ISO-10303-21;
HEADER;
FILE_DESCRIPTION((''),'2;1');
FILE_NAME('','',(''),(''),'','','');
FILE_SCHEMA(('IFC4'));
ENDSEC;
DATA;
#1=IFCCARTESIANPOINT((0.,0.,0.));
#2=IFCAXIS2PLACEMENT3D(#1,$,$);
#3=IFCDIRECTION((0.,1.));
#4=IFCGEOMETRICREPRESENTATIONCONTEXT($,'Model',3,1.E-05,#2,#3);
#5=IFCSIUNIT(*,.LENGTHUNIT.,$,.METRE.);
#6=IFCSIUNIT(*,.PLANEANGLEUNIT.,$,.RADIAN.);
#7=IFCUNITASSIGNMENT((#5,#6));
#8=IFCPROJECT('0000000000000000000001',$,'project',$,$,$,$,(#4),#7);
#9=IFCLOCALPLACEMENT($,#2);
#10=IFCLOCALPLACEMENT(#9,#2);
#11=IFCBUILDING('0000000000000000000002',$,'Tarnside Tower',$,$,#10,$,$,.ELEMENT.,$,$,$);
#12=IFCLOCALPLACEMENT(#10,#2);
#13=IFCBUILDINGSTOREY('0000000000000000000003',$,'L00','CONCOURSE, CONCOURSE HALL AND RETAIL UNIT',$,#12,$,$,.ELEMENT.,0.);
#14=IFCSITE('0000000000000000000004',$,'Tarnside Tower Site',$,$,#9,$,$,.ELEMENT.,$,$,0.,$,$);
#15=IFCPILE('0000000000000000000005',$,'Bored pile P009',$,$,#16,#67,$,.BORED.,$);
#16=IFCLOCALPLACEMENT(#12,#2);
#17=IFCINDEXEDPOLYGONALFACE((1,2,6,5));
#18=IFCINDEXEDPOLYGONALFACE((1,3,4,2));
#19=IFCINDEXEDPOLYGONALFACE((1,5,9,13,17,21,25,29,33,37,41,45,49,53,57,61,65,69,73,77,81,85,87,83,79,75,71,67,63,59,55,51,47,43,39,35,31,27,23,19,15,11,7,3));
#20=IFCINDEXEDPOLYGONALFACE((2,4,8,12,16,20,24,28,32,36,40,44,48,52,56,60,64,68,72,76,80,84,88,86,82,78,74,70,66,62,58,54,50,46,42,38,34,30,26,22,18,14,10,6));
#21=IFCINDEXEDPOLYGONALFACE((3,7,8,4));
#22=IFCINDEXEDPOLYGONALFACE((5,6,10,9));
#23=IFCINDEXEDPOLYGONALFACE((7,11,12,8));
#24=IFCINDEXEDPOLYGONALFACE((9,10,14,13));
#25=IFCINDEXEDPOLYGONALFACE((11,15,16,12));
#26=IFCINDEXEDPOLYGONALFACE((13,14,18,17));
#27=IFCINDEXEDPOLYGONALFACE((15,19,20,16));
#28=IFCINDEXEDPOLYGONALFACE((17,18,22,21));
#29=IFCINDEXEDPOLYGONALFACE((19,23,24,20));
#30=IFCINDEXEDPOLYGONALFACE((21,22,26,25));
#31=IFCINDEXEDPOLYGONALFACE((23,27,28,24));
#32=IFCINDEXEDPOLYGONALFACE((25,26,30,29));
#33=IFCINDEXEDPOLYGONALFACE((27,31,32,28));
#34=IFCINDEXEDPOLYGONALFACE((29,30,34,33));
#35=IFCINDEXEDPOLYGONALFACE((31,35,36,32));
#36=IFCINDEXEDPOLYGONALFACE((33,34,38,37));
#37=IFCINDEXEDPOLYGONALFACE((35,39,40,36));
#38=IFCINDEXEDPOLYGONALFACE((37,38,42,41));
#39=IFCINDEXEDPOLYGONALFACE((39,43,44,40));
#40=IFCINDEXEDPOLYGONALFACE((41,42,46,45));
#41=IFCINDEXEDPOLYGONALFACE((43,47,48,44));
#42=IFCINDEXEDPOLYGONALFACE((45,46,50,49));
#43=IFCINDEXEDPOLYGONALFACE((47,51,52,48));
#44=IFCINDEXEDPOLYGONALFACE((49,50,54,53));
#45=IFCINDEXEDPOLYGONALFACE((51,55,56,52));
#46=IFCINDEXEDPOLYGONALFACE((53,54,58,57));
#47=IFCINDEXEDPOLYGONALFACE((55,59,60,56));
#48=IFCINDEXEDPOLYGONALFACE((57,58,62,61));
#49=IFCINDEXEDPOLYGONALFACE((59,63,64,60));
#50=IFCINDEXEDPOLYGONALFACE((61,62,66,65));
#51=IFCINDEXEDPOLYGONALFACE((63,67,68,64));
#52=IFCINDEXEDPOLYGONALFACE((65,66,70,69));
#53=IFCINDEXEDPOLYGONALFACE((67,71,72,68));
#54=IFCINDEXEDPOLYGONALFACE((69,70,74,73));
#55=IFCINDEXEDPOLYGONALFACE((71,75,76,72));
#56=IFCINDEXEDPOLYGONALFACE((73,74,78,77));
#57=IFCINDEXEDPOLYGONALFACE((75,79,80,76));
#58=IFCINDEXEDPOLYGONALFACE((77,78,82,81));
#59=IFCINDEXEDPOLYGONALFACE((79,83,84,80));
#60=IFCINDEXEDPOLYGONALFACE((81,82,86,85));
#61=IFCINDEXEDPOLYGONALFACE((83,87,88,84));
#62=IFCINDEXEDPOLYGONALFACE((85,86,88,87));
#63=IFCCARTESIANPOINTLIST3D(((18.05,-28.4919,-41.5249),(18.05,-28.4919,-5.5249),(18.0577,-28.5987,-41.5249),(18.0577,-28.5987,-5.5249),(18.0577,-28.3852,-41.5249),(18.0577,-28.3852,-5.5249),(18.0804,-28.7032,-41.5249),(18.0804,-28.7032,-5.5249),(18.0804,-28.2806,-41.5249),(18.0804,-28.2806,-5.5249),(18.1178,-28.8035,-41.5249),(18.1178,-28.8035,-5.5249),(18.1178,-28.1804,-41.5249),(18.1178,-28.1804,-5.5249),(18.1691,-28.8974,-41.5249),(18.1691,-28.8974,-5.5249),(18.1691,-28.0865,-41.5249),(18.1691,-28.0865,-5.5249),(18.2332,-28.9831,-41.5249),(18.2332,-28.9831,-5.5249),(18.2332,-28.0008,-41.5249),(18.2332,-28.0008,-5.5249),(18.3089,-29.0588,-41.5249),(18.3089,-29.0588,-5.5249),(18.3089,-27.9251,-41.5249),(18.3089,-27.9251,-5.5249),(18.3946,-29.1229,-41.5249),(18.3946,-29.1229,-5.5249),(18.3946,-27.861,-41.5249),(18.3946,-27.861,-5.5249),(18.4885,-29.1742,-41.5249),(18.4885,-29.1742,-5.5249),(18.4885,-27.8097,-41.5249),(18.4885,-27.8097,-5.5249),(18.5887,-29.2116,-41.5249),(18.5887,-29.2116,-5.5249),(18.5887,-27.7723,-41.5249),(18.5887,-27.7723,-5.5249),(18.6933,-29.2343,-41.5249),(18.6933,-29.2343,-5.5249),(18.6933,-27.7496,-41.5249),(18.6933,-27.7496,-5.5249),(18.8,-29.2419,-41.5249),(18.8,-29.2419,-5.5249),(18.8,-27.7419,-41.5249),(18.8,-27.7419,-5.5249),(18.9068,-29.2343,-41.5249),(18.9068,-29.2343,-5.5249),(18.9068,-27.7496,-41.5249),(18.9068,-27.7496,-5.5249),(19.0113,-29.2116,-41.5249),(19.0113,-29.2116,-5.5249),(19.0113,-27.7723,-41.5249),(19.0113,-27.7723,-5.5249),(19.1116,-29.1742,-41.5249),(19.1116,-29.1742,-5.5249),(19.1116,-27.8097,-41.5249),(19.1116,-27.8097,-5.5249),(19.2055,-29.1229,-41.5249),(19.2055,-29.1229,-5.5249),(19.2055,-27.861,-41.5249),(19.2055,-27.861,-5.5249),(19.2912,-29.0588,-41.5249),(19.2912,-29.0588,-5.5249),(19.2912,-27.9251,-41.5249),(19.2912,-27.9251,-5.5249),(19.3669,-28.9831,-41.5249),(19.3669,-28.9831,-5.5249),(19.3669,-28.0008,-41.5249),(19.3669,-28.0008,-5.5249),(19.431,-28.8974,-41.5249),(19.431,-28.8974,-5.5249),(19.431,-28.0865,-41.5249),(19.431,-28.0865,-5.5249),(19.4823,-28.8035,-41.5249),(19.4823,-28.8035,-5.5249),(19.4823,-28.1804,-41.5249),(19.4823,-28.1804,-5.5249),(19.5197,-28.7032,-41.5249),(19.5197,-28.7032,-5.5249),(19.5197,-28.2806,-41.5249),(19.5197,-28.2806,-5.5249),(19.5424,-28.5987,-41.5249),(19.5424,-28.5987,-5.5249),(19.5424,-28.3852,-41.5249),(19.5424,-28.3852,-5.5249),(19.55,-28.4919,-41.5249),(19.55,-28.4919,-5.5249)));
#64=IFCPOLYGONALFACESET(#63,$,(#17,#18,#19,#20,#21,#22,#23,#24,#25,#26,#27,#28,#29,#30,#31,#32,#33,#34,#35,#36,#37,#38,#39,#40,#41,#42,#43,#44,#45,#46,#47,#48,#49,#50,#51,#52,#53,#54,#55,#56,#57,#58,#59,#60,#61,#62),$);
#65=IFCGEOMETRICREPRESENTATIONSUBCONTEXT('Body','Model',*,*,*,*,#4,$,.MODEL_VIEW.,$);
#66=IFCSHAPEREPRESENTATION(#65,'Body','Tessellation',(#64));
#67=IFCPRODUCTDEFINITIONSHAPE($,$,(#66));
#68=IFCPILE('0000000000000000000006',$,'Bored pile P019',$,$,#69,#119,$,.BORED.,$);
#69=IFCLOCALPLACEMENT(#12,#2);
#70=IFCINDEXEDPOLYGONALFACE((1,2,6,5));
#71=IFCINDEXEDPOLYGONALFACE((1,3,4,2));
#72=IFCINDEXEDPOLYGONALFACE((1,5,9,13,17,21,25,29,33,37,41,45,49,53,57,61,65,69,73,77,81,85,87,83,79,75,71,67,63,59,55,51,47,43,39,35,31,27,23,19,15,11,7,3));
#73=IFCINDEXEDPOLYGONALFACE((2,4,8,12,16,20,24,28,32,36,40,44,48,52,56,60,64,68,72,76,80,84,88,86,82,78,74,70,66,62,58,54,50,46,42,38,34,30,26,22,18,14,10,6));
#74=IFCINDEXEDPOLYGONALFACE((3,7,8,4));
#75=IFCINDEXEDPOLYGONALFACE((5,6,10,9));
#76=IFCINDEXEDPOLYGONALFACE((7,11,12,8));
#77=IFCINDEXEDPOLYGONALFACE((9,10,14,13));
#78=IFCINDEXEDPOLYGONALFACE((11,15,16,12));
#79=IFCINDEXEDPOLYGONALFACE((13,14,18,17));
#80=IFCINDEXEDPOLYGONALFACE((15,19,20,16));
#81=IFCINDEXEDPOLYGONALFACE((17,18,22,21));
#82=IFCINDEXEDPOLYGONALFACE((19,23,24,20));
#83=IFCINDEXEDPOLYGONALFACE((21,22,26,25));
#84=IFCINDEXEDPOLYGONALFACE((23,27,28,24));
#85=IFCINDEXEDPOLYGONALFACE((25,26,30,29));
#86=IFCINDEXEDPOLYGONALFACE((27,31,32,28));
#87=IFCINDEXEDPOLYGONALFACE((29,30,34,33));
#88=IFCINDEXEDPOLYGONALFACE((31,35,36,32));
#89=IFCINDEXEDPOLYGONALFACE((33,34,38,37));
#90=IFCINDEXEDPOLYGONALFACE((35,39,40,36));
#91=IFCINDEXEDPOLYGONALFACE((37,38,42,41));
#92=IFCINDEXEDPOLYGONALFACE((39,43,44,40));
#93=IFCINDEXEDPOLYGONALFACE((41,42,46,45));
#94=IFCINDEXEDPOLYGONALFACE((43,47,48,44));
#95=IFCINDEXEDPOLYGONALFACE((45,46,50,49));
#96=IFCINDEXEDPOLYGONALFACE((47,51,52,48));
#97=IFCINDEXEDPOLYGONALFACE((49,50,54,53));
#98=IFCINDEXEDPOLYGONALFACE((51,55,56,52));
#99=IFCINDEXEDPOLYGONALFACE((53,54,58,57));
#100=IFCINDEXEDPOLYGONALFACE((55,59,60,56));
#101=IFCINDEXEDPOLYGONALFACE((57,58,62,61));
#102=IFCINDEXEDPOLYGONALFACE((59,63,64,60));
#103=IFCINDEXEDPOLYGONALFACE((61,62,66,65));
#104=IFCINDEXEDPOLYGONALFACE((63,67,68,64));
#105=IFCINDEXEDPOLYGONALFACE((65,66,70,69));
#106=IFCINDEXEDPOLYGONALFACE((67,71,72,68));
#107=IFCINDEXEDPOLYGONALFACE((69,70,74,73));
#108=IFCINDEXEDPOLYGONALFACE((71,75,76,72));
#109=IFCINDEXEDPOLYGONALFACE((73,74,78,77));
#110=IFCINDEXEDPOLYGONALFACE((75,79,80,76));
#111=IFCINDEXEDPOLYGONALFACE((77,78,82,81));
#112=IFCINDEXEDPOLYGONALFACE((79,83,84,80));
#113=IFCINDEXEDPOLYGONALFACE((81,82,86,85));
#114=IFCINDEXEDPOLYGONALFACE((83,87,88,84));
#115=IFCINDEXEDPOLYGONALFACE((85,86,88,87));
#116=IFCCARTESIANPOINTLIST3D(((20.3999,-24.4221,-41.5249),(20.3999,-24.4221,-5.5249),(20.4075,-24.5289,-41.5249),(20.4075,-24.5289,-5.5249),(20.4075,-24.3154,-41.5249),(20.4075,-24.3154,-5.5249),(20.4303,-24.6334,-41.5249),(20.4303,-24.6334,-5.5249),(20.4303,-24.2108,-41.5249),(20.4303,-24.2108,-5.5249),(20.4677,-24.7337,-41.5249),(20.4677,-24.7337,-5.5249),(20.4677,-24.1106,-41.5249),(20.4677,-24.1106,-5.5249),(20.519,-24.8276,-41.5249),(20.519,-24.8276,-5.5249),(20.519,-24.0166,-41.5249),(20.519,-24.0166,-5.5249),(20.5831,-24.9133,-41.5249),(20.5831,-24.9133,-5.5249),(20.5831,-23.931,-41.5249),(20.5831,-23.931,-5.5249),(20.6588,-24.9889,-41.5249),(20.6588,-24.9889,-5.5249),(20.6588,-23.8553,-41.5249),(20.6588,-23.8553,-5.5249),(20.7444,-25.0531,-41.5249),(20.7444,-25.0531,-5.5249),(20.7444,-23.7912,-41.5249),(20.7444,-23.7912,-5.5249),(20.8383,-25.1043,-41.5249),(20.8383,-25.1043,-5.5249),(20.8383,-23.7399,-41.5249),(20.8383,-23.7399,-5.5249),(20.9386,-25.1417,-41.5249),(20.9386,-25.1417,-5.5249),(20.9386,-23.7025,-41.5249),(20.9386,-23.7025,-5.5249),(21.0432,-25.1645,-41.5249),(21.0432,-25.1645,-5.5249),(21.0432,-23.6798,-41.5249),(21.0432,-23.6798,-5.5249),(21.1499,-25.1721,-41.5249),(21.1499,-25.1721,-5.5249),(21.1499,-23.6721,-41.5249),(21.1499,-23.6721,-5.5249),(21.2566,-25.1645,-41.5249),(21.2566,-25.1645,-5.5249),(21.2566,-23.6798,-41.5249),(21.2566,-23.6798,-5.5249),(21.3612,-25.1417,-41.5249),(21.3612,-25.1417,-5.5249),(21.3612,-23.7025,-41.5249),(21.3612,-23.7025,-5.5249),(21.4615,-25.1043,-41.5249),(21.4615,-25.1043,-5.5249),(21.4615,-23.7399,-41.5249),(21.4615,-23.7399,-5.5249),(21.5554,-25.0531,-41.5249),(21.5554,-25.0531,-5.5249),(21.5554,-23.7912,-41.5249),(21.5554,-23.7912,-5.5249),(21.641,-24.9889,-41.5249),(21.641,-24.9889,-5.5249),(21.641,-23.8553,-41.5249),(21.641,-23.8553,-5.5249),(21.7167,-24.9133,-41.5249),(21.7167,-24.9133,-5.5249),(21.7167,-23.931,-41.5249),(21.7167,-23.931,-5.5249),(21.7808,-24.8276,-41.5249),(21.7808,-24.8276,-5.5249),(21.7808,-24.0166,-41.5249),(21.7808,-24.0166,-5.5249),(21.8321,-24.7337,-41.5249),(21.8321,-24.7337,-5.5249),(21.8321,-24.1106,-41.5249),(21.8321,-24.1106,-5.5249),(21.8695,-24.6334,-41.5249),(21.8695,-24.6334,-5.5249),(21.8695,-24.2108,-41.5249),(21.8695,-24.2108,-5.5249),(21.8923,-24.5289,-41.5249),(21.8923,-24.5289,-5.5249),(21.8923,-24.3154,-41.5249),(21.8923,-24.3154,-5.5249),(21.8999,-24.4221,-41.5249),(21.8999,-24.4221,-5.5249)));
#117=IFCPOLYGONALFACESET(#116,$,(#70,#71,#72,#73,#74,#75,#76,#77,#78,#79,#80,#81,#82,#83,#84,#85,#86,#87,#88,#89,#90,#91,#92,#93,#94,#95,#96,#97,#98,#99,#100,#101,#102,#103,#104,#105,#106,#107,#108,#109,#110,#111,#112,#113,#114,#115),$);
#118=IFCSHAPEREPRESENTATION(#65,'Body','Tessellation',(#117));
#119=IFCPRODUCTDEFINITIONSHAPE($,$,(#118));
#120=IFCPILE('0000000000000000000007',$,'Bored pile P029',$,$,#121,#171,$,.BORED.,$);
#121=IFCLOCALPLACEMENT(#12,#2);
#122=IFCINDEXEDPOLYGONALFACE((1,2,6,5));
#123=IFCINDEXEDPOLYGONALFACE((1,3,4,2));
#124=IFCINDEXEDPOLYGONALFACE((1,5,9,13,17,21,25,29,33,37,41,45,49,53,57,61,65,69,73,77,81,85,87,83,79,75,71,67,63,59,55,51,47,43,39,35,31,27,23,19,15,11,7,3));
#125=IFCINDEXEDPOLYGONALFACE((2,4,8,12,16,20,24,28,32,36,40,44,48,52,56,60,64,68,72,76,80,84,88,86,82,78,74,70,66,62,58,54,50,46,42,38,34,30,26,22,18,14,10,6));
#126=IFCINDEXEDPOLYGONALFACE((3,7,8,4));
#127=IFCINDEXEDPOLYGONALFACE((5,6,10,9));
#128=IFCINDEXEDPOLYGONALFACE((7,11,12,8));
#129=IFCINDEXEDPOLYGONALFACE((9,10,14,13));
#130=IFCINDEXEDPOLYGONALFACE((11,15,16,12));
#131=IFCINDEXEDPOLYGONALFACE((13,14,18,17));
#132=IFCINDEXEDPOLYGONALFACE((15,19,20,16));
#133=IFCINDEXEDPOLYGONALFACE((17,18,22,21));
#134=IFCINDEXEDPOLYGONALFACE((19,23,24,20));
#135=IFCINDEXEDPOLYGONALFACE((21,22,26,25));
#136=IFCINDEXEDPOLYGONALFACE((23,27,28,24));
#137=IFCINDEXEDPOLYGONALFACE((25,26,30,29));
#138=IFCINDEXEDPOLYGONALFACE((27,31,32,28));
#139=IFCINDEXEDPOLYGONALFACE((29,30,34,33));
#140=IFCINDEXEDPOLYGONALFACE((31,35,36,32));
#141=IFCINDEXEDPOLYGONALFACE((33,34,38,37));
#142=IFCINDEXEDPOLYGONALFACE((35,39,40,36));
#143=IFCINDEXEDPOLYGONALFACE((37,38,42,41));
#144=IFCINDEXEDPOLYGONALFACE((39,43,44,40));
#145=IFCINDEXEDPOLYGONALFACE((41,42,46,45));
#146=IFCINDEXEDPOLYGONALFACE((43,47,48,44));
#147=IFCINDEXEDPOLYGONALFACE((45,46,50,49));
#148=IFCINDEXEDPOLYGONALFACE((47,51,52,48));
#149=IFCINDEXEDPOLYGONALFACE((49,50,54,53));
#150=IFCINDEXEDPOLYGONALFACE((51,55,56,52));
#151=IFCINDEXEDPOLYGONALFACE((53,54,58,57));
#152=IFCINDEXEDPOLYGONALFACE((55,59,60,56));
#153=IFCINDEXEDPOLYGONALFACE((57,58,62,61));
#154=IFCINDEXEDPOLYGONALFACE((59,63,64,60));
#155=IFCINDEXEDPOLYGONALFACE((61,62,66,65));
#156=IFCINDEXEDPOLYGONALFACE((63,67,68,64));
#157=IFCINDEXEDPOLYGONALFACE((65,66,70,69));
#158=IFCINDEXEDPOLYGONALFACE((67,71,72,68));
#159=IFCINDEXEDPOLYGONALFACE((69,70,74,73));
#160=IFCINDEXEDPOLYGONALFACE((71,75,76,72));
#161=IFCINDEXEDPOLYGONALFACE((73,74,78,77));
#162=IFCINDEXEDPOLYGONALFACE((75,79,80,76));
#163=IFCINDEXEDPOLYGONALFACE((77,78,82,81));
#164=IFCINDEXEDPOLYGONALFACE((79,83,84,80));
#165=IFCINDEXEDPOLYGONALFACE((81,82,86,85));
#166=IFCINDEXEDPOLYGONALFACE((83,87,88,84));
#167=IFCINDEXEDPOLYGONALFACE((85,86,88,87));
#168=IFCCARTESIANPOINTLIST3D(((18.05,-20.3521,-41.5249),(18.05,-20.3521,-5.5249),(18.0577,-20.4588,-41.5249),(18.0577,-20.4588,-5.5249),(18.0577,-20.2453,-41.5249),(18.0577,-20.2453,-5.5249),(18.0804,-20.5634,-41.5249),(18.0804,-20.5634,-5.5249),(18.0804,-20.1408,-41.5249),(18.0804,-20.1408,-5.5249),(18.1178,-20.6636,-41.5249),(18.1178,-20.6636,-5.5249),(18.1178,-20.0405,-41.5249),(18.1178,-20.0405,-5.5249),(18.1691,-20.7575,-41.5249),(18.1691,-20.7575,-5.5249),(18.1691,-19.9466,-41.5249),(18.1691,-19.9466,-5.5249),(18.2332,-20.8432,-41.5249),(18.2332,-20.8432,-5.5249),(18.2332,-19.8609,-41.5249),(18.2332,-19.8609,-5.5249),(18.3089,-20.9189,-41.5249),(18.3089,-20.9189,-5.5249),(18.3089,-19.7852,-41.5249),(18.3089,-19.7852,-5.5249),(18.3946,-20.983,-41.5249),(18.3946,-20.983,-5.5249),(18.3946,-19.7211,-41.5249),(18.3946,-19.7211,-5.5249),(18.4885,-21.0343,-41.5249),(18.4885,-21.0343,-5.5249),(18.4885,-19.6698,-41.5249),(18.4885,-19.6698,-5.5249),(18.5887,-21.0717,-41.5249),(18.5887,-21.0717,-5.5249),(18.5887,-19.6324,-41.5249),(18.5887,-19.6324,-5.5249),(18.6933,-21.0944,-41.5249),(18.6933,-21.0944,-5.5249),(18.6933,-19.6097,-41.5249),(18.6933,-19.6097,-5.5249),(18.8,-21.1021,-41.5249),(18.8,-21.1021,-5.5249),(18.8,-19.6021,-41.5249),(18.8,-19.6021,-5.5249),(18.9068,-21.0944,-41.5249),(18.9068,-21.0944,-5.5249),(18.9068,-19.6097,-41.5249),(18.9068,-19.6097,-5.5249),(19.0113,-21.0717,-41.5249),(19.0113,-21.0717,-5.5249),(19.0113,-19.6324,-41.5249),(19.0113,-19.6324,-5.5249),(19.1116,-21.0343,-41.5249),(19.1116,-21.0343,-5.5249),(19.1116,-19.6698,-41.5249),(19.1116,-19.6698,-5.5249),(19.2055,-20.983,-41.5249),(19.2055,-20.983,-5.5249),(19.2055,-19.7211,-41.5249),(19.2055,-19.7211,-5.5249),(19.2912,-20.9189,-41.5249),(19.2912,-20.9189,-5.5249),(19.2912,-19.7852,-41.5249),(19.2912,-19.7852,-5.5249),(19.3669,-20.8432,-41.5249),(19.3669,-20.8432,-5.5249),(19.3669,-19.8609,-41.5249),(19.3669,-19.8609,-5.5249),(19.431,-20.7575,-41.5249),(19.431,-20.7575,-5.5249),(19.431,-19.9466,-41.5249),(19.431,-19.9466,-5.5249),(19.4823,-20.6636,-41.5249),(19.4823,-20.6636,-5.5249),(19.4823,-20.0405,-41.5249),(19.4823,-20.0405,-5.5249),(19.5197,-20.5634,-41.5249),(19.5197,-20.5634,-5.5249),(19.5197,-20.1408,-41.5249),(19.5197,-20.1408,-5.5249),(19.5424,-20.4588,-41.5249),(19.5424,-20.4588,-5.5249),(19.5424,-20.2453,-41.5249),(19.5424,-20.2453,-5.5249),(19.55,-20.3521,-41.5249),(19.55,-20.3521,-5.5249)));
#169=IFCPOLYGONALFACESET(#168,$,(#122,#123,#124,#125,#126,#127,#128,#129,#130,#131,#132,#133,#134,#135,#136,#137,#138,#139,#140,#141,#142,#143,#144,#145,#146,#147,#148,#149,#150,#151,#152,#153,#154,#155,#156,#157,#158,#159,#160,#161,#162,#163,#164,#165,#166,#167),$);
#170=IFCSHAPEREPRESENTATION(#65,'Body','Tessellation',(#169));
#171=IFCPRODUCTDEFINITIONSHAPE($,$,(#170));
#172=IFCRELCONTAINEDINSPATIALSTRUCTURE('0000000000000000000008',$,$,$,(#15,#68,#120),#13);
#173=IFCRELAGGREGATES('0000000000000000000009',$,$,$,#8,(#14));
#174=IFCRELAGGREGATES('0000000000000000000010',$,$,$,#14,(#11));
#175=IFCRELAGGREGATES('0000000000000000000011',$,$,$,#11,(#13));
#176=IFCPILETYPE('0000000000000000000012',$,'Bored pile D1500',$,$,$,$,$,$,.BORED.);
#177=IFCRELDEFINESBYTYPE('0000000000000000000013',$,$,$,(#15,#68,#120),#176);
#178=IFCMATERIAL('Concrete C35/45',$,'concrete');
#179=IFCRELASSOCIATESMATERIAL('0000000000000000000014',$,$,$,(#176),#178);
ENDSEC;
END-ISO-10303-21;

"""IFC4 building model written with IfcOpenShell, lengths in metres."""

from ifc_helpers import new_model, si_unit, direction, frame, origin, origin_2d, place, context, subcontext, project, spatial, circle, extrude, material, material_profile, profile_set, type_object, element, save


model = new_model("IFC4")

# Units and contexts
model_context = context("Model", 3, precision=1e-05, world=origin(), true_north=direction((0.0, 1.0)))
body_context = subcontext(model_context, "Body", "Model", "MODEL_VIEW")
ifc_project = project(units=[si_unit("LENGTHUNIT", "METRE"), si_unit("PLANEANGLEUNIT", "RADIAN")], contexts=[model_context])

# Site, building, storey
site_placement = place(None, origin())
site = spatial("IfcSite", under=ifc_project, at=site_placement, Name="Tarnside Tower Site", CompositionType="ELEMENT", RefElevation=0.0)
building_placement = place(site_placement, origin())
building = spatial("IfcBuilding", under=site, at=building_placement, Name="Tarnside Tower", CompositionType="ELEMENT")
storey_placement = place(building_placement, origin())
storey = spatial("IfcBuildingStorey", under=building, at=storey_placement, Name="L00", Description="CONCOURSE, CONCOURSE HALL AND RETAIL UNIT", CompositionType="ELEMENT", Elevation=0.0)

# Piles
ifc_material_1 = material(Name="Concrete C35/45", Category="concrete")
ifc_material_profile_1 = material_profile(ifc_material_1, circle(Radius=0.75, at=origin_2d()), Name="Bored pile D1500")
ifc_profile_set_1 = profile_set([ifc_material_profile_1], Name="Concrete C35/45")
pile_type = type_object("IfcPileType", Name="Bored pile D1500", PredefinedType="BORED", material=ifc_profile_set_1)
for number, where, z_axis, x_axis, name in (
    (1, (18.8, -28.4919, -5.5249), (0.0, 0.0, -1.0), (1.0, 0.0, 0.0), "Bored pile P009"),
    (2, (21.1499, -24.4221, -5.5249), (0.0, 0.0, -1.0), (1.0, 0.0, 0.0), "Bored pile P019"),
    (3, (18.8, -20.3521, -5.5249), (0.0, 0.0, -1.0), (1.0, 0.0, 0.0), "Bored pile P029"),
):
    element("IfcPile", number, at=place(storey_placement, frame(where, z_axis=z_axis, x_axis=x_axis)), inside=storey, type_object=pile_type, Name=name, PredefinedType="BORED", context=body_context, shape_type="SweptSolid", body=[
        extrude(circle(Radius=0.75, at=origin_2d()), origin(), (0.0, 0.0, 1.0), 36.0),
    ])

save(model, "model.ifc")
